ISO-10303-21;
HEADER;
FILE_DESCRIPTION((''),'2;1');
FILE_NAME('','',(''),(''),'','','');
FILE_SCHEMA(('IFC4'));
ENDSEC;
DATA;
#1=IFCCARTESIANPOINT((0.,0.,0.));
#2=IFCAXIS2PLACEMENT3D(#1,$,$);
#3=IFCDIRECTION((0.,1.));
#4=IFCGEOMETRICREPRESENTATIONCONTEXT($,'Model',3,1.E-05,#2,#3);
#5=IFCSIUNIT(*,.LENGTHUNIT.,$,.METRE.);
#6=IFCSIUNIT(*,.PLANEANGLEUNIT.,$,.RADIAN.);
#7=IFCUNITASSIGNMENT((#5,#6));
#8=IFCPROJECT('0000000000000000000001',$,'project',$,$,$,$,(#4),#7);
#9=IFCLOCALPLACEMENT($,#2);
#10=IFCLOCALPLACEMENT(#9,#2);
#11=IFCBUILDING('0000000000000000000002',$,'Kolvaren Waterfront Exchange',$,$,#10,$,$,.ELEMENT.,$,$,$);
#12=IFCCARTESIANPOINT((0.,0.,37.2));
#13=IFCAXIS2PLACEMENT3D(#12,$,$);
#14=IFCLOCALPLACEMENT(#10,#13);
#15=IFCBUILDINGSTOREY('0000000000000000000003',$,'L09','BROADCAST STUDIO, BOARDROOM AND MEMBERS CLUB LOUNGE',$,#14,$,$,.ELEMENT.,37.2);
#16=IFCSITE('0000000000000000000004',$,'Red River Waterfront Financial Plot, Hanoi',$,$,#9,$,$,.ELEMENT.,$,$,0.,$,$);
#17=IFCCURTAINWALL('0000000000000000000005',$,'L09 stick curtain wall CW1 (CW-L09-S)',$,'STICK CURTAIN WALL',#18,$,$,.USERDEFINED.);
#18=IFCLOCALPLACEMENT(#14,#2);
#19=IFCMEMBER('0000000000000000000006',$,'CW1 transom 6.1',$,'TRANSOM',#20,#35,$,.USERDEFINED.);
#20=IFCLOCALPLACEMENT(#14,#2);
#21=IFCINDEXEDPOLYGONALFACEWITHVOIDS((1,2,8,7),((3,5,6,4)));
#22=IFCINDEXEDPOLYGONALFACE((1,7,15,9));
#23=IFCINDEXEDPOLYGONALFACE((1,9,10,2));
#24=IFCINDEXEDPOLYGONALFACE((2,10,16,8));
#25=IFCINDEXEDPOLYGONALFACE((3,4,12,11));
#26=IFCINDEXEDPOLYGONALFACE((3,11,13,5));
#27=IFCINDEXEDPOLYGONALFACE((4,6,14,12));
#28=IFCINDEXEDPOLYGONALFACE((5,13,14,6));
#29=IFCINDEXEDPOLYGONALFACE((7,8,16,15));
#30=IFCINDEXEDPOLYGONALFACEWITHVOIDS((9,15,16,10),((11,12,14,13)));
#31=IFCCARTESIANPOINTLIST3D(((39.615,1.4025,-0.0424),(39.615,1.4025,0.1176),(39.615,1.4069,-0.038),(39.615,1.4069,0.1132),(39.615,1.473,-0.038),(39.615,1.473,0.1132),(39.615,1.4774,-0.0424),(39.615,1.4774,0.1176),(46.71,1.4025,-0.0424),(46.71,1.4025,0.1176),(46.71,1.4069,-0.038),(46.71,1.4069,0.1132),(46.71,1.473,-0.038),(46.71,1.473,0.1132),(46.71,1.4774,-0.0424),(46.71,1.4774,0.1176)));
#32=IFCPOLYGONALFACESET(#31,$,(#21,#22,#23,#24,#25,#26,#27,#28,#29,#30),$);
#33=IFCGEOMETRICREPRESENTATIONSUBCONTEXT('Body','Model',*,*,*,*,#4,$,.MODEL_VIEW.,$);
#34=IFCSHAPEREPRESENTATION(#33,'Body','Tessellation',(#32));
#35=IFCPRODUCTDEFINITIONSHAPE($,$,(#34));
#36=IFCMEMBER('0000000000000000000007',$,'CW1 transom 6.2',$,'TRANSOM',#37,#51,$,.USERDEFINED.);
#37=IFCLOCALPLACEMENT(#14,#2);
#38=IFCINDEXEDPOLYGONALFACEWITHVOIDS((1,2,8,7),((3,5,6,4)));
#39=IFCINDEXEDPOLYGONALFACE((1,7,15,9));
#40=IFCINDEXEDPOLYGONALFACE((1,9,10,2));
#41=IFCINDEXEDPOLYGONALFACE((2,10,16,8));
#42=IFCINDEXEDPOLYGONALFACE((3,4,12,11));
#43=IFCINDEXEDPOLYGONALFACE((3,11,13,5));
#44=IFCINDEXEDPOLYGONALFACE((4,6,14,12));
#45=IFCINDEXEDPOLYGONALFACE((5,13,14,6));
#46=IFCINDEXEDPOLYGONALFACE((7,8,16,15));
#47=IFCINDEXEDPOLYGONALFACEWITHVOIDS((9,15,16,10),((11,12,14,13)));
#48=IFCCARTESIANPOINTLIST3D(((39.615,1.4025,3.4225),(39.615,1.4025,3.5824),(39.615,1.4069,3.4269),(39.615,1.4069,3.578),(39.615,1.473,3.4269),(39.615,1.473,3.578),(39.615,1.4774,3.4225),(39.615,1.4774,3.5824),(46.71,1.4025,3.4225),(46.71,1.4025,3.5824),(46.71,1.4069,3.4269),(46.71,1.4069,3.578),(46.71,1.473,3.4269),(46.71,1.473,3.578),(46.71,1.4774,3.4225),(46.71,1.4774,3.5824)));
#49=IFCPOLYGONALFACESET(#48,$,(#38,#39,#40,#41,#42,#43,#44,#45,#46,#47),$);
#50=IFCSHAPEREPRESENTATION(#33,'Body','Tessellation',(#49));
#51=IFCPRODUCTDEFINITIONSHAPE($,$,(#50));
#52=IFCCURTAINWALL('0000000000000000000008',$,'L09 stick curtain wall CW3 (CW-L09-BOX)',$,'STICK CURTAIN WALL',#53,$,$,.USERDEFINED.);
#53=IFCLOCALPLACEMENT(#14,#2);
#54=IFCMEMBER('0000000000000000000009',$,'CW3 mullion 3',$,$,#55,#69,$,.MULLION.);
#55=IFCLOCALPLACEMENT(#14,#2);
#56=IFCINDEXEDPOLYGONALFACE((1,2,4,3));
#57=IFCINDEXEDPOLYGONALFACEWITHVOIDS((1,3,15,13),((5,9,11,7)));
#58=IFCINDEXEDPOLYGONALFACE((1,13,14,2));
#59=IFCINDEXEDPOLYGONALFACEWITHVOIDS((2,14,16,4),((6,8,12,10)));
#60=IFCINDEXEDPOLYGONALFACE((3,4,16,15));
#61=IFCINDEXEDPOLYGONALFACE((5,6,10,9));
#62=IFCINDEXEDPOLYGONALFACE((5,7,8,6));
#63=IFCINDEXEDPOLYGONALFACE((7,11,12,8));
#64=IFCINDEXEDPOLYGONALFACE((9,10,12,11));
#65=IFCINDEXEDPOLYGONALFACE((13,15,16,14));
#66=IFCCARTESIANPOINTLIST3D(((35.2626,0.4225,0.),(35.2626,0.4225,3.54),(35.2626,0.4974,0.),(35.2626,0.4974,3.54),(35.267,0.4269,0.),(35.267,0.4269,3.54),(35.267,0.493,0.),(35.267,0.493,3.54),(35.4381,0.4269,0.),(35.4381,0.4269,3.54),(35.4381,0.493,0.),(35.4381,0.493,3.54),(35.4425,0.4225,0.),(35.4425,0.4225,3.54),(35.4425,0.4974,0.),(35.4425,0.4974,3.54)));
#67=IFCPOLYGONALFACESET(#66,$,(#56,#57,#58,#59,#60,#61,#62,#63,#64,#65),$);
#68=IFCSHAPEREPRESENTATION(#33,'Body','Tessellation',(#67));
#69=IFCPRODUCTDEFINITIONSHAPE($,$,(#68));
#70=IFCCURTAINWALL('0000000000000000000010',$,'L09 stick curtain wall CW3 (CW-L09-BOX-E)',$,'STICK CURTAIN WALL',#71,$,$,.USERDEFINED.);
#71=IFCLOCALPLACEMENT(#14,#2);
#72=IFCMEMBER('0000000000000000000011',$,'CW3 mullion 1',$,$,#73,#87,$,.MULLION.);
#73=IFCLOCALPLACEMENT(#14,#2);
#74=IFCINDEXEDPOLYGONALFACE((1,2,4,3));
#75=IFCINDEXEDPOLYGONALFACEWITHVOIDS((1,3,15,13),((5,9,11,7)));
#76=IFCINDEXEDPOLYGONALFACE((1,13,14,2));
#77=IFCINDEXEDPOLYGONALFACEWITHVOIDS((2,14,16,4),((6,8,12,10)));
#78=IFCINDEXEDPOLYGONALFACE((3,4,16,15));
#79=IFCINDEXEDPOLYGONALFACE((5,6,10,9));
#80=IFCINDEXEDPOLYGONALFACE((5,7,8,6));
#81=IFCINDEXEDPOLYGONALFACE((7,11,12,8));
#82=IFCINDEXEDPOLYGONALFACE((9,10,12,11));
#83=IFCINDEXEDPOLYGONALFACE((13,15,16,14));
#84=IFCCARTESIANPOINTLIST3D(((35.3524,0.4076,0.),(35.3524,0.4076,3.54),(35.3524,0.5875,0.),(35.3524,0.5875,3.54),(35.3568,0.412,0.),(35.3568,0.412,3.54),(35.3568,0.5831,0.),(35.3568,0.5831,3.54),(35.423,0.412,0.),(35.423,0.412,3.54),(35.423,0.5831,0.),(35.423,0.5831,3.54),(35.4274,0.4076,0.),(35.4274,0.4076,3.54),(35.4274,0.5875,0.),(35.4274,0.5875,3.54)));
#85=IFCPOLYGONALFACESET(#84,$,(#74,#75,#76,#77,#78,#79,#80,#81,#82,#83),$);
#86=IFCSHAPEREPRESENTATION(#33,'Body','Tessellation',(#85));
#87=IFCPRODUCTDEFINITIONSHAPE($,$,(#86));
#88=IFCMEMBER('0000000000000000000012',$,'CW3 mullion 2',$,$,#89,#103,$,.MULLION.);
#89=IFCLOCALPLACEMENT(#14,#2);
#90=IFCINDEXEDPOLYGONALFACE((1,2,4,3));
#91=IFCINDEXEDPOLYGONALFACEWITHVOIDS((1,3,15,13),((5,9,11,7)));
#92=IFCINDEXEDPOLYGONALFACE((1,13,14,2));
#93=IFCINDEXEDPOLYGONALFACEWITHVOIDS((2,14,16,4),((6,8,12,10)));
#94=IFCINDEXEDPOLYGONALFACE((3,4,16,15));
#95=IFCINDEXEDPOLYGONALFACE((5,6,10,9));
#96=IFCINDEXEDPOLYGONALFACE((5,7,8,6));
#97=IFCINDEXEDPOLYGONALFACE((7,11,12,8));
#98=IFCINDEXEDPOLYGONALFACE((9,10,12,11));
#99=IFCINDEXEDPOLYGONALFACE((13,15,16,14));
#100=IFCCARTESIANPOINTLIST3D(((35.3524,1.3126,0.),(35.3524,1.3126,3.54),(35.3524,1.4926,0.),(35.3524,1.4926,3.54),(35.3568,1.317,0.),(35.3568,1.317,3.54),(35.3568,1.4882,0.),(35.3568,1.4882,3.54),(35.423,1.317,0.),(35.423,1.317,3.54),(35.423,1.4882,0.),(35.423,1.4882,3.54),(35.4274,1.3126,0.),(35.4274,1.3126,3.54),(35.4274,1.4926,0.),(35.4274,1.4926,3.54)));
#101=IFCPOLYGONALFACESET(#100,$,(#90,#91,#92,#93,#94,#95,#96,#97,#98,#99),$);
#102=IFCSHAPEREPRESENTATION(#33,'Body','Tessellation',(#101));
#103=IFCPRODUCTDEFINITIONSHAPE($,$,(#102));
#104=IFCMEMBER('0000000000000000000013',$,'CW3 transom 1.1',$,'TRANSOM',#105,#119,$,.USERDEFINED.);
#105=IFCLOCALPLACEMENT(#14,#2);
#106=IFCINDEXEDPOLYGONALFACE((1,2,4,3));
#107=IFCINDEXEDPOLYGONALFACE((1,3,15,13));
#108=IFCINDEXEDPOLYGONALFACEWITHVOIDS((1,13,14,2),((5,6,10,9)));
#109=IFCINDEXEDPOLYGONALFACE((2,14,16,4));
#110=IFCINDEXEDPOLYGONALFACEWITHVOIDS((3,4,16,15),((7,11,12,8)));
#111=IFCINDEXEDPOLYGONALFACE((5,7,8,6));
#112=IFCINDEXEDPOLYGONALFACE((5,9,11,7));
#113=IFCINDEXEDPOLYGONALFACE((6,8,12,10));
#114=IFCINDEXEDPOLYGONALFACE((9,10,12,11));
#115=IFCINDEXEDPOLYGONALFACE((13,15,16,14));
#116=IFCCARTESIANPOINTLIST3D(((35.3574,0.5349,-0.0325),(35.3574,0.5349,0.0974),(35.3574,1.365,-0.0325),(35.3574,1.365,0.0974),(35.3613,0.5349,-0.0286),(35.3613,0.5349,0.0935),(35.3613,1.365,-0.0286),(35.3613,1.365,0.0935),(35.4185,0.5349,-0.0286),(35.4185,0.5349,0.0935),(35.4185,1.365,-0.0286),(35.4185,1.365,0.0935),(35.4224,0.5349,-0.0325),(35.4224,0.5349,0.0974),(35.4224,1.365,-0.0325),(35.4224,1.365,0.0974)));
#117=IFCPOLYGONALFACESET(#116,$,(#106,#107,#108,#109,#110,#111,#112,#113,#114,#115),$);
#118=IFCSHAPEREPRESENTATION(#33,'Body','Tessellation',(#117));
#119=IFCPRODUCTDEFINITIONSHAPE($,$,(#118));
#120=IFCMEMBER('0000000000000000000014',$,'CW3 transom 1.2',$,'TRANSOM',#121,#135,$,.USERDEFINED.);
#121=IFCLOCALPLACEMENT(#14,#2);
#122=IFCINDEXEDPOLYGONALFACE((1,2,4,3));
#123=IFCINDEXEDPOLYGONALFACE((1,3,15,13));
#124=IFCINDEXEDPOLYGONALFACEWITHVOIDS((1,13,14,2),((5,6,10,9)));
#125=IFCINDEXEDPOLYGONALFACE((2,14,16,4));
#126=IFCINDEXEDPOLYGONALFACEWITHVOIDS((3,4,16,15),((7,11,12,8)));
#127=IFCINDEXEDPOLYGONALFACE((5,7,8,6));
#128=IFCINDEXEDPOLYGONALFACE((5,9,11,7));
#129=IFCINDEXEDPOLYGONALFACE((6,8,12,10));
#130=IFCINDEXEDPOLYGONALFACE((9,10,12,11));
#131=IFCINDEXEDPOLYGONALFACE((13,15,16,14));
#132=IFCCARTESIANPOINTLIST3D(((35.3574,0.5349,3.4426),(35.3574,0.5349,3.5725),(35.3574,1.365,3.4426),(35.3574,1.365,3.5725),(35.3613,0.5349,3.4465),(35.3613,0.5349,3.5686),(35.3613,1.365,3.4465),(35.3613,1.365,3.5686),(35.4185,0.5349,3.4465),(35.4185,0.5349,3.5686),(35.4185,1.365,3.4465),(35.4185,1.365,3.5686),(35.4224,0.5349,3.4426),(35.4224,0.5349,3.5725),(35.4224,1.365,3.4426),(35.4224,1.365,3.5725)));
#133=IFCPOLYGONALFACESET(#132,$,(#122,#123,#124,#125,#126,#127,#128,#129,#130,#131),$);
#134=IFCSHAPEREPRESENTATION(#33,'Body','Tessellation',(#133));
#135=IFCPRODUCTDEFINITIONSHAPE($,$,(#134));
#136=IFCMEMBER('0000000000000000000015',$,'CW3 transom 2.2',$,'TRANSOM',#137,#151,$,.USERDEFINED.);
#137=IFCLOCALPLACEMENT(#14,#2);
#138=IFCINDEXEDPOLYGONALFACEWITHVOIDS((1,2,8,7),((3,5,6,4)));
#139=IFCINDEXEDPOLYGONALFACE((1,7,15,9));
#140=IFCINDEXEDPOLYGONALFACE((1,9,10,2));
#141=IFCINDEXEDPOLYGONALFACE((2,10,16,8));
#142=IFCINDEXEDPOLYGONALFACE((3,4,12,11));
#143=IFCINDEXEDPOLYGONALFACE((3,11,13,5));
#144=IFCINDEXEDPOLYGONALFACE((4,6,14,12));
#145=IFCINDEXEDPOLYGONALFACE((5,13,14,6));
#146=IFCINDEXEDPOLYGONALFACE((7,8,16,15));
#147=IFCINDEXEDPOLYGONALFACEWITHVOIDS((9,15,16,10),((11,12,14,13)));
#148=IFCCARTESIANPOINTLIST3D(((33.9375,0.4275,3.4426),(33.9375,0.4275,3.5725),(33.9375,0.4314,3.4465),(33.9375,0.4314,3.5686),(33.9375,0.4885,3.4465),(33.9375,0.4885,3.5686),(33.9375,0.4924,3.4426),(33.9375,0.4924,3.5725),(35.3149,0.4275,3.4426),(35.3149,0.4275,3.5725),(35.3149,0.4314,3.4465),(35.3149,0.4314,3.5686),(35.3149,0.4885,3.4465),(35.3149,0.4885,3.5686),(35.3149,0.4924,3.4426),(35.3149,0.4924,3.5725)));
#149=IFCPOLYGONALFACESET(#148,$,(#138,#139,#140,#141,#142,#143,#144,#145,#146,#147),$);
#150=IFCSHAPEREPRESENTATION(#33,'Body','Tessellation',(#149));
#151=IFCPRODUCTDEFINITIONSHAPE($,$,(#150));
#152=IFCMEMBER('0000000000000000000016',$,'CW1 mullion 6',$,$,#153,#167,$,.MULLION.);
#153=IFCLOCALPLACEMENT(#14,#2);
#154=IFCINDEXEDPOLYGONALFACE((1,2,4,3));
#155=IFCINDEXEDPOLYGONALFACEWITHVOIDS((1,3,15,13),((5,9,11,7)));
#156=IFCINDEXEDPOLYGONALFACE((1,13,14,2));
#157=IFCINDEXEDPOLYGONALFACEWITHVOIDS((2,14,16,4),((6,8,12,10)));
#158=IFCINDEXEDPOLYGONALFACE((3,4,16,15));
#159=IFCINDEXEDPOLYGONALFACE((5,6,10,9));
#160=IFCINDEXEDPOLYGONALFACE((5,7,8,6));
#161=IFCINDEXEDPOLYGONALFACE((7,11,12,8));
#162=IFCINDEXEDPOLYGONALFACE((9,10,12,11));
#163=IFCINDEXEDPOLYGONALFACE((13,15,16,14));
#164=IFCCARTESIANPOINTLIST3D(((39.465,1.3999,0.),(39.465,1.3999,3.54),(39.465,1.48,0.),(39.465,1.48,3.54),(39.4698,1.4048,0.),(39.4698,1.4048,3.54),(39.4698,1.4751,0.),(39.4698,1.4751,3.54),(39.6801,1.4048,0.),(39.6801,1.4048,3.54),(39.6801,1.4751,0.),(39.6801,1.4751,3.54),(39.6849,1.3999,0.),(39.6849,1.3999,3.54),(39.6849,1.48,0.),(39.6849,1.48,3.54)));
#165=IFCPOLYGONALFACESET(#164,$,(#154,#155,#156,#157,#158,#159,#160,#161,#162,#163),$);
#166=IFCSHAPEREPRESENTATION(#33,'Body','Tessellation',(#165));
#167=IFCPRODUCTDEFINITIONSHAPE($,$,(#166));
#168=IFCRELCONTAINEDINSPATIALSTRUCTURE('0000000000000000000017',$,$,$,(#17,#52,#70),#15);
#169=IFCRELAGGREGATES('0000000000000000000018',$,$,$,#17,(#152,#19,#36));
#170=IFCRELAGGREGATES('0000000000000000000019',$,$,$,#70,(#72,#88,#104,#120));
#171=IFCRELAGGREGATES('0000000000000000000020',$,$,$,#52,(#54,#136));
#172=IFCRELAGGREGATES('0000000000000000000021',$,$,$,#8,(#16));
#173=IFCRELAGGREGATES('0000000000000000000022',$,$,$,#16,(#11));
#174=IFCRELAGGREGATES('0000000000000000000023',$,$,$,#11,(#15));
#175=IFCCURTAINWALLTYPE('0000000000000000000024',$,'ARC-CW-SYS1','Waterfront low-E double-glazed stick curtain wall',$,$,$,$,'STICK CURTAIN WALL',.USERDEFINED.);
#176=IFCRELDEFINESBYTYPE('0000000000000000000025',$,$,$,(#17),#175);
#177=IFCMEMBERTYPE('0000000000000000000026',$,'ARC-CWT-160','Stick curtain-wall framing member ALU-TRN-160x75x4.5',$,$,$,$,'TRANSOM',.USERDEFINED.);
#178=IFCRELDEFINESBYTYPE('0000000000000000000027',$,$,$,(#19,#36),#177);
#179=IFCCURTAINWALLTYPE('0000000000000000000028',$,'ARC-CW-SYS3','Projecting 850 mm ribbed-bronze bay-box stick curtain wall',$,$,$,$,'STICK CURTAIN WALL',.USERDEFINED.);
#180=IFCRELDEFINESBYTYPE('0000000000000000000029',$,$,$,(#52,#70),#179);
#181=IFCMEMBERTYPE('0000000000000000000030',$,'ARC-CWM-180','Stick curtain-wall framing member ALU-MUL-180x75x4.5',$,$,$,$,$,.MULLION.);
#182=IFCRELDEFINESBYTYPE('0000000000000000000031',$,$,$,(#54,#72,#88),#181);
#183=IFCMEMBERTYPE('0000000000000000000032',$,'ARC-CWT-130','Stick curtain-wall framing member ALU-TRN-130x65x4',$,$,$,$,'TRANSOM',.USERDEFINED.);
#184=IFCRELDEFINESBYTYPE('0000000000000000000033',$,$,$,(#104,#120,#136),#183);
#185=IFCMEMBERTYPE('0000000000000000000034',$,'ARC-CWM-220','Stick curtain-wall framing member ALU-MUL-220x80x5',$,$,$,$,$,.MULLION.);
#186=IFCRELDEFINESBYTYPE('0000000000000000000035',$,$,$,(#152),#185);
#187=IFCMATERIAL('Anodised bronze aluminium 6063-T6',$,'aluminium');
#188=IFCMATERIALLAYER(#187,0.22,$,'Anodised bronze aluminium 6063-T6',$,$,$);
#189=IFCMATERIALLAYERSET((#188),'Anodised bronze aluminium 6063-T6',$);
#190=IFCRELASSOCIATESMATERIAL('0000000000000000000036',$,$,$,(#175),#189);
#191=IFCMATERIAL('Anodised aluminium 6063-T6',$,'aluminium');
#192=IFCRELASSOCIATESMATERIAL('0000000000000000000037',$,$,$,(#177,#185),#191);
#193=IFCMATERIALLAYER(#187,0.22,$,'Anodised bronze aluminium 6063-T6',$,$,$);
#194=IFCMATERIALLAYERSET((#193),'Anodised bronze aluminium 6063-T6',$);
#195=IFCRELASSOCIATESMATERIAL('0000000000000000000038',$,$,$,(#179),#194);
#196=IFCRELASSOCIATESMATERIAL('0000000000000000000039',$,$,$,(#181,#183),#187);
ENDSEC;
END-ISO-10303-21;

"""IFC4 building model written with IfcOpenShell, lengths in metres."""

from ifc_helpers import new_model, si_unit, direction, frame, origin, origin_with_axes, origin_2d, place, context, subcontext, project, spatial, hollow_rectangle, extrude, source, transform, mapped, material, layer, layer_set, material_profile, profile_set, type_object, element, aggregate, save


model = new_model("IFC4")

# Units and contexts
model_context = context("Model", 3, precision=1e-05, world=origin(), true_north=direction((0.0, 1.0)))
body_context = subcontext(model_context, "Body", "Model", "MODEL_VIEW")
ifc_project = project(units=[si_unit("LENGTHUNIT", "METRE"), si_unit("PLANEANGLEUNIT", "RADIAN")], contexts=[model_context])

# Site, building, storey
site_placement = place(None, origin())
site = spatial("IfcSite", under=ifc_project, at=site_placement, Name="Red River Waterfront Financial Plot, Hanoi", CompositionType="ELEMENT", RefElevation=0.0)
building_placement = place(site_placement, origin())
building = spatial("IfcBuilding", under=site, at=building_placement, Name="Kolvaren Waterfront Exchange", CompositionType="ELEMENT")
storey_placement = place(building_placement, frame((0.0, 0.0, 37.2)))
storey = spatial("IfcBuildingStorey", under=building, at=storey_placement, Name="L09", Description="BROADCAST STUDIO, BOARDROOM AND MEMBERS CLUB LOUNGE", CompositionType="ELEMENT", Elevation=37.2)

# Curtain wall, members
ifc_material_1 = material(Name="Anodised bronze aluminium 6063-T6", Category="aluminium")
ifc_layer_1 = layer(ifc_material_1, 0.22, Name="Anodised bronze aluminium 6063-T6")
ifc_layer_set_1 = layer_set([ifc_layer_1], Name="Anodised bronze aluminium 6063-T6")
curtain_wall_type_1 = type_object("IfcCurtainWallType", Name="ARC-CW-SYS1", Description="Waterfront low-E double-glazed stick curtain wall", ElementType="STICK CURTAIN WALL", PredefinedType="USERDEFINED", material=ifc_layer_set_1)
curtain_wall_1_placement = place(storey_placement, origin())
curtain_wall_1 = element("IfcCurtainWall", 1, at=curtain_wall_1_placement, inside=storey, type_object=curtain_wall_type_1, Name="L09 stick curtain wall CW1 (CW-L09-S)", ObjectType="STICK CURTAIN WALL", PredefinedType="USERDEFINED")
ifc_material_2 = material(Name="Anodised aluminium 6063-T6", Category="aluminium")
ifc_material_profile_1 = material_profile(ifc_material_2, hollow_rectangle(XDim=0.075, YDim=0.1599, WallThickness=0.0044, at=origin_2d()), Name="ALU-TRN-160x75x4.5")
ifc_profile_set_1 = profile_set([ifc_material_profile_1], Name="Anodised aluminium 6063-T6")
member_type_1 = type_object("IfcMemberType", Name="ARC-CWT-160", Description="Stick curtain-wall framing member ALU-TRN-160x75x4.5", ElementType="TRANSOM", PredefinedType="USERDEFINED", material=ifc_profile_set_1)
shared_shape_1 = source(origin_with_axes(), body_context, "Body", "SweptSolid", [
    extrude(hollow_rectangle(XDim=0.075, YDim=0.1599, WallThickness=0.0044, at=origin_2d()), origin(), (0.0, 0.0, 1.0), 7.095),
])
member_1_placement = place(storey_placement, frame((39.615, 1.4399, 0.0376), z_axis=(1.0, 0.0, 0.0), x_axis=(0.0, 1.0, 0.0)))
member_1 = element("IfcMember", 2, at=member_1_placement, type_object=member_type_1, Name="CW1 transom 6.1", ObjectType="TRANSOM", PredefinedType="USERDEFINED", context=body_context, shape_type="MappedRepresentation", body=[
    mapped(shared_shape_1, transform((0.0, 0.0, 0.0), x_axis=(1.0, 0.0, 0.0), y_axis=(0.0, 1.0, 0.0), z_axis=(0.0, 0.0, 1.0), scale=1.0)),
])
member_2_placement = place(storey_placement, frame((39.615, 1.4399, 3.5024), z_axis=(1.0, 0.0, 0.0), x_axis=(0.0, 1.0, 0.0)))
member_2 = element("IfcMember", 3, at=member_2_placement, type_object=member_type_1, Name="CW1 transom 6.2", ObjectType="TRANSOM", PredefinedType="USERDEFINED", context=body_context, shape_type="MappedRepresentation", body=[
    mapped(shared_shape_1, transform((0.0, 0.0, 0.0), x_axis=(1.0, 0.0, 0.0), y_axis=(0.0, 1.0, 0.0), z_axis=(0.0, 0.0, 1.0), scale=1.0)),
])

# Curtain wall, member
ifc_layer_2 = layer(ifc_material_1, 0.22, Name="Anodised bronze aluminium 6063-T6")
ifc_layer_set_2 = layer_set([ifc_layer_2], Name="Anodised bronze aluminium 6063-T6")
curtain_wall_type_2 = type_object("IfcCurtainWallType", Name="ARC-CW-SYS3", Description="Projecting 850 mm ribbed-bronze bay-box stick curtain wall", ElementType="STICK CURTAIN WALL", PredefinedType="USERDEFINED", material=ifc_layer_set_2)
curtain_wall_2_placement = place(storey_placement, origin())
curtain_wall_2 = element("IfcCurtainWall", 4, at=curtain_wall_2_placement, inside=storey, type_object=curtain_wall_type_2, Name="L09 stick curtain wall CW3 (CW-L09-BOX)", ObjectType="STICK CURTAIN WALL", PredefinedType="USERDEFINED")
ifc_material_profile_2 = material_profile(ifc_material_1, hollow_rectangle(XDim=0.075, YDim=0.1799, WallThickness=0.0044, at=origin_2d()), Name="ALU-MUL-180x75x4.5")
ifc_profile_set_2 = profile_set([ifc_material_profile_2], Name="Anodised bronze aluminium 6063-T6")
member_type_2 = type_object("IfcMemberType", Name="ARC-CWM-180", Description="Stick curtain-wall framing member ALU-MUL-180x75x4.5", PredefinedType="MULLION", material=ifc_profile_set_2)
shared_shape_2 = source(origin_with_axes(), body_context, "Body", "SweptSolid", [
    extrude(hollow_rectangle(XDim=0.075, YDim=0.1799, WallThickness=0.0044, at=origin_2d()), origin(), (0.0, 0.0, 1.0), 3.54),
])
member_3_placement = place(storey_placement, frame((35.3525, 0.46, 0.0), z_axis=(0.0, 0.0, 1.0), x_axis=(0.0, 1.0, 0.0)))
member_3 = element("IfcMember", 5, at=member_3_placement, type_object=member_type_2, Name="CW3 mullion 3", PredefinedType="MULLION", context=body_context, shape_type="MappedRepresentation", body=[
    mapped(shared_shape_2, transform((0.0, 0.0, 0.0), x_axis=(1.0, 0.0, 0.0), y_axis=(0.0, 1.0, 0.0), z_axis=(0.0, 0.0, 1.0), scale=1.0)),
])

# Curtain wall, members
curtain_wall_3_placement = place(storey_placement, origin())
curtain_wall_3 = element("IfcCurtainWall", 6, at=curtain_wall_3_placement, inside=storey, type_object=curtain_wall_type_2, Name="L09 stick curtain wall CW3 (CW-L09-BOX-E)", ObjectType="STICK CURTAIN WALL", PredefinedType="USERDEFINED")
member_4_placement = place(storey_placement, frame((35.3899, 0.4976, 0.0), z_axis=(0.0, 0.0, 1.0), x_axis=(-1.0, 0.0, 0.0)))
member_4 = element("IfcMember", 7, at=member_4_placement, type_object=member_type_2, Name="CW3 mullion 1", PredefinedType="MULLION", context=body_context, shape_type="MappedRepresentation", body=[
    mapped(shared_shape_2, transform((0.0, 0.0, 0.0), x_axis=(1.0, 0.0, 0.0), y_axis=(0.0, 1.0, 0.0), z_axis=(0.0, 0.0, 1.0), scale=1.0)),
])
member_5_placement = place(storey_placement, frame((35.3899, 1.4026, 0.0), z_axis=(0.0, 0.0, 1.0), x_axis=(-1.0, 0.0, 0.0)))
member_5 = element("IfcMember", 8, at=member_5_placement, type_object=member_type_2, Name="CW3 mullion 2", PredefinedType="MULLION", context=body_context, shape_type="MappedRepresentation", body=[
    mapped(shared_shape_2, transform((0.0, 0.0, 0.0), x_axis=(1.0, 0.0, 0.0), y_axis=(0.0, 1.0, 0.0), z_axis=(0.0, 0.0, 1.0), scale=1.0)),
])
ifc_material_profile_3 = material_profile(ifc_material_1, hollow_rectangle(XDim=0.0649, YDim=0.1299, WallThickness=0.0039, at=origin_2d()), Name="ALU-TRN-130x65x4")
ifc_profile_set_3 = profile_set([ifc_material_profile_3], Name="Anodised bronze aluminium 6063-T6")
member_type_3 = type_object("IfcMemberType", Name="ARC-CWT-130", Description="Stick curtain-wall framing member ALU-TRN-130x65x4", ElementType="TRANSOM", PredefinedType="USERDEFINED", material=ifc_profile_set_3)
shared_shape_3 = source(origin_with_axes(), body_context, "Body", "SweptSolid", [
    extrude(hollow_rectangle(XDim=0.0649, YDim=0.1299, WallThickness=0.0039, at=origin_2d()), origin(), (0.0, 0.0, 1.0), 0.8301),
])
member_6_placement = place(storey_placement, frame((35.3899, 0.5349, 0.0325), z_axis=(0.0, 1.0, 0.0), x_axis=(-1.0, 0.0, 0.0)))
member_6 = element("IfcMember", 9, at=member_6_placement, type_object=member_type_3, Name="CW3 transom 1.1", ObjectType="TRANSOM", PredefinedType="USERDEFINED", context=body_context, shape_type="MappedRepresentation", body=[
    mapped(shared_shape_3, transform((0.0, 0.0, 0.0), x_axis=(1.0, 0.0, 0.0), y_axis=(0.0, 1.0, 0.0), z_axis=(0.0, 0.0, 1.0), scale=1.0)),
])
member_7_placement = place(storey_placement, frame((35.3899, 0.5349, 3.5076), z_axis=(0.0, 1.0, 0.0), x_axis=(-1.0, 0.0, 0.0)))
member_7 = element("IfcMember", 10, at=member_7_placement, type_object=member_type_3, Name="CW3 transom 1.2", ObjectType="TRANSOM", PredefinedType="USERDEFINED", context=body_context, shape_type="MappedRepresentation", body=[
    mapped(shared_shape_3, transform((0.0, 0.0, 0.0), x_axis=(1.0, 0.0, 0.0), y_axis=(0.0, 1.0, 0.0), z_axis=(0.0, 0.0, 1.0), scale=1.0)),
])

# Members
shared_shape_4 = source(origin_with_axes(), body_context, "Body", "SweptSolid", [
    extrude(hollow_rectangle(XDim=0.0649, YDim=0.1299, WallThickness=0.0039, at=origin_2d()), origin(), (0.0, 0.0, 1.0), 1.3774),
])
member_8_placement = place(storey_placement, frame((33.9375, 0.46, 3.5076), z_axis=(1.0, 0.0, 0.0), x_axis=(0.0, 1.0, 0.0)))
member_8 = element("IfcMember", 11, at=member_8_placement, type_object=member_type_3, Name="CW3 transom 2.2", ObjectType="TRANSOM", PredefinedType="USERDEFINED", context=body_context, shape_type="MappedRepresentation", body=[
    mapped(shared_shape_4, transform((0.0, 0.0, 0.0), x_axis=(1.0, 0.0, 0.0), y_axis=(0.0, 1.0, 0.0), z_axis=(0.0, 0.0, 1.0), scale=1.0)),
])
ifc_material_profile_4 = material_profile(ifc_material_2, hollow_rectangle(XDim=0.0801, YDim=0.22, WallThickness=0.0049, at=origin_2d()), Name="ALU-MUL-220x80x5")
ifc_profile_set_4 = profile_set([ifc_material_profile_4], Name="Anodised aluminium 6063-T6")
member_type_4 = type_object("IfcMemberType", Name="ARC-CWM-220", Description="Stick curtain-wall framing member ALU-MUL-220x80x5", PredefinedType="MULLION", material=ifc_profile_set_4)
shared_shape_5 = source(origin_with_axes(), body_context, "Body", "SweptSolid", [
    extrude(hollow_rectangle(XDim=0.0801, YDim=0.22, WallThickness=0.0049, at=origin_2d()), origin(), (0.0, 0.0, 1.0), 3.54),
])
member_9_placement = place(storey_placement, frame((39.575, 1.4399, 0.0), z_axis=(0.0, 0.0, 1.0), x_axis=(0.0, 1.0, 0.0)))
member_9 = element("IfcMember", 12, at=member_9_placement, type_object=member_type_4, Name="CW1 mullion 6", PredefinedType="MULLION", context=body_context, shape_type="MappedRepresentation", body=[
    mapped(shared_shape_5, transform((0.0, 0.0, 0.0), x_axis=(1.0, 0.0, 0.0), y_axis=(0.0, 1.0, 0.0), z_axis=(0.0, 0.0, 1.0), scale=1.0)),
])

aggregate(curtain_wall_1, [member_9, member_1, member_2])
aggregate(curtain_wall_3, [member_4, member_5, member_6, member_7])
aggregate(curtain_wall_2, [member_3, member_8])

save(model, "model.ifc")
